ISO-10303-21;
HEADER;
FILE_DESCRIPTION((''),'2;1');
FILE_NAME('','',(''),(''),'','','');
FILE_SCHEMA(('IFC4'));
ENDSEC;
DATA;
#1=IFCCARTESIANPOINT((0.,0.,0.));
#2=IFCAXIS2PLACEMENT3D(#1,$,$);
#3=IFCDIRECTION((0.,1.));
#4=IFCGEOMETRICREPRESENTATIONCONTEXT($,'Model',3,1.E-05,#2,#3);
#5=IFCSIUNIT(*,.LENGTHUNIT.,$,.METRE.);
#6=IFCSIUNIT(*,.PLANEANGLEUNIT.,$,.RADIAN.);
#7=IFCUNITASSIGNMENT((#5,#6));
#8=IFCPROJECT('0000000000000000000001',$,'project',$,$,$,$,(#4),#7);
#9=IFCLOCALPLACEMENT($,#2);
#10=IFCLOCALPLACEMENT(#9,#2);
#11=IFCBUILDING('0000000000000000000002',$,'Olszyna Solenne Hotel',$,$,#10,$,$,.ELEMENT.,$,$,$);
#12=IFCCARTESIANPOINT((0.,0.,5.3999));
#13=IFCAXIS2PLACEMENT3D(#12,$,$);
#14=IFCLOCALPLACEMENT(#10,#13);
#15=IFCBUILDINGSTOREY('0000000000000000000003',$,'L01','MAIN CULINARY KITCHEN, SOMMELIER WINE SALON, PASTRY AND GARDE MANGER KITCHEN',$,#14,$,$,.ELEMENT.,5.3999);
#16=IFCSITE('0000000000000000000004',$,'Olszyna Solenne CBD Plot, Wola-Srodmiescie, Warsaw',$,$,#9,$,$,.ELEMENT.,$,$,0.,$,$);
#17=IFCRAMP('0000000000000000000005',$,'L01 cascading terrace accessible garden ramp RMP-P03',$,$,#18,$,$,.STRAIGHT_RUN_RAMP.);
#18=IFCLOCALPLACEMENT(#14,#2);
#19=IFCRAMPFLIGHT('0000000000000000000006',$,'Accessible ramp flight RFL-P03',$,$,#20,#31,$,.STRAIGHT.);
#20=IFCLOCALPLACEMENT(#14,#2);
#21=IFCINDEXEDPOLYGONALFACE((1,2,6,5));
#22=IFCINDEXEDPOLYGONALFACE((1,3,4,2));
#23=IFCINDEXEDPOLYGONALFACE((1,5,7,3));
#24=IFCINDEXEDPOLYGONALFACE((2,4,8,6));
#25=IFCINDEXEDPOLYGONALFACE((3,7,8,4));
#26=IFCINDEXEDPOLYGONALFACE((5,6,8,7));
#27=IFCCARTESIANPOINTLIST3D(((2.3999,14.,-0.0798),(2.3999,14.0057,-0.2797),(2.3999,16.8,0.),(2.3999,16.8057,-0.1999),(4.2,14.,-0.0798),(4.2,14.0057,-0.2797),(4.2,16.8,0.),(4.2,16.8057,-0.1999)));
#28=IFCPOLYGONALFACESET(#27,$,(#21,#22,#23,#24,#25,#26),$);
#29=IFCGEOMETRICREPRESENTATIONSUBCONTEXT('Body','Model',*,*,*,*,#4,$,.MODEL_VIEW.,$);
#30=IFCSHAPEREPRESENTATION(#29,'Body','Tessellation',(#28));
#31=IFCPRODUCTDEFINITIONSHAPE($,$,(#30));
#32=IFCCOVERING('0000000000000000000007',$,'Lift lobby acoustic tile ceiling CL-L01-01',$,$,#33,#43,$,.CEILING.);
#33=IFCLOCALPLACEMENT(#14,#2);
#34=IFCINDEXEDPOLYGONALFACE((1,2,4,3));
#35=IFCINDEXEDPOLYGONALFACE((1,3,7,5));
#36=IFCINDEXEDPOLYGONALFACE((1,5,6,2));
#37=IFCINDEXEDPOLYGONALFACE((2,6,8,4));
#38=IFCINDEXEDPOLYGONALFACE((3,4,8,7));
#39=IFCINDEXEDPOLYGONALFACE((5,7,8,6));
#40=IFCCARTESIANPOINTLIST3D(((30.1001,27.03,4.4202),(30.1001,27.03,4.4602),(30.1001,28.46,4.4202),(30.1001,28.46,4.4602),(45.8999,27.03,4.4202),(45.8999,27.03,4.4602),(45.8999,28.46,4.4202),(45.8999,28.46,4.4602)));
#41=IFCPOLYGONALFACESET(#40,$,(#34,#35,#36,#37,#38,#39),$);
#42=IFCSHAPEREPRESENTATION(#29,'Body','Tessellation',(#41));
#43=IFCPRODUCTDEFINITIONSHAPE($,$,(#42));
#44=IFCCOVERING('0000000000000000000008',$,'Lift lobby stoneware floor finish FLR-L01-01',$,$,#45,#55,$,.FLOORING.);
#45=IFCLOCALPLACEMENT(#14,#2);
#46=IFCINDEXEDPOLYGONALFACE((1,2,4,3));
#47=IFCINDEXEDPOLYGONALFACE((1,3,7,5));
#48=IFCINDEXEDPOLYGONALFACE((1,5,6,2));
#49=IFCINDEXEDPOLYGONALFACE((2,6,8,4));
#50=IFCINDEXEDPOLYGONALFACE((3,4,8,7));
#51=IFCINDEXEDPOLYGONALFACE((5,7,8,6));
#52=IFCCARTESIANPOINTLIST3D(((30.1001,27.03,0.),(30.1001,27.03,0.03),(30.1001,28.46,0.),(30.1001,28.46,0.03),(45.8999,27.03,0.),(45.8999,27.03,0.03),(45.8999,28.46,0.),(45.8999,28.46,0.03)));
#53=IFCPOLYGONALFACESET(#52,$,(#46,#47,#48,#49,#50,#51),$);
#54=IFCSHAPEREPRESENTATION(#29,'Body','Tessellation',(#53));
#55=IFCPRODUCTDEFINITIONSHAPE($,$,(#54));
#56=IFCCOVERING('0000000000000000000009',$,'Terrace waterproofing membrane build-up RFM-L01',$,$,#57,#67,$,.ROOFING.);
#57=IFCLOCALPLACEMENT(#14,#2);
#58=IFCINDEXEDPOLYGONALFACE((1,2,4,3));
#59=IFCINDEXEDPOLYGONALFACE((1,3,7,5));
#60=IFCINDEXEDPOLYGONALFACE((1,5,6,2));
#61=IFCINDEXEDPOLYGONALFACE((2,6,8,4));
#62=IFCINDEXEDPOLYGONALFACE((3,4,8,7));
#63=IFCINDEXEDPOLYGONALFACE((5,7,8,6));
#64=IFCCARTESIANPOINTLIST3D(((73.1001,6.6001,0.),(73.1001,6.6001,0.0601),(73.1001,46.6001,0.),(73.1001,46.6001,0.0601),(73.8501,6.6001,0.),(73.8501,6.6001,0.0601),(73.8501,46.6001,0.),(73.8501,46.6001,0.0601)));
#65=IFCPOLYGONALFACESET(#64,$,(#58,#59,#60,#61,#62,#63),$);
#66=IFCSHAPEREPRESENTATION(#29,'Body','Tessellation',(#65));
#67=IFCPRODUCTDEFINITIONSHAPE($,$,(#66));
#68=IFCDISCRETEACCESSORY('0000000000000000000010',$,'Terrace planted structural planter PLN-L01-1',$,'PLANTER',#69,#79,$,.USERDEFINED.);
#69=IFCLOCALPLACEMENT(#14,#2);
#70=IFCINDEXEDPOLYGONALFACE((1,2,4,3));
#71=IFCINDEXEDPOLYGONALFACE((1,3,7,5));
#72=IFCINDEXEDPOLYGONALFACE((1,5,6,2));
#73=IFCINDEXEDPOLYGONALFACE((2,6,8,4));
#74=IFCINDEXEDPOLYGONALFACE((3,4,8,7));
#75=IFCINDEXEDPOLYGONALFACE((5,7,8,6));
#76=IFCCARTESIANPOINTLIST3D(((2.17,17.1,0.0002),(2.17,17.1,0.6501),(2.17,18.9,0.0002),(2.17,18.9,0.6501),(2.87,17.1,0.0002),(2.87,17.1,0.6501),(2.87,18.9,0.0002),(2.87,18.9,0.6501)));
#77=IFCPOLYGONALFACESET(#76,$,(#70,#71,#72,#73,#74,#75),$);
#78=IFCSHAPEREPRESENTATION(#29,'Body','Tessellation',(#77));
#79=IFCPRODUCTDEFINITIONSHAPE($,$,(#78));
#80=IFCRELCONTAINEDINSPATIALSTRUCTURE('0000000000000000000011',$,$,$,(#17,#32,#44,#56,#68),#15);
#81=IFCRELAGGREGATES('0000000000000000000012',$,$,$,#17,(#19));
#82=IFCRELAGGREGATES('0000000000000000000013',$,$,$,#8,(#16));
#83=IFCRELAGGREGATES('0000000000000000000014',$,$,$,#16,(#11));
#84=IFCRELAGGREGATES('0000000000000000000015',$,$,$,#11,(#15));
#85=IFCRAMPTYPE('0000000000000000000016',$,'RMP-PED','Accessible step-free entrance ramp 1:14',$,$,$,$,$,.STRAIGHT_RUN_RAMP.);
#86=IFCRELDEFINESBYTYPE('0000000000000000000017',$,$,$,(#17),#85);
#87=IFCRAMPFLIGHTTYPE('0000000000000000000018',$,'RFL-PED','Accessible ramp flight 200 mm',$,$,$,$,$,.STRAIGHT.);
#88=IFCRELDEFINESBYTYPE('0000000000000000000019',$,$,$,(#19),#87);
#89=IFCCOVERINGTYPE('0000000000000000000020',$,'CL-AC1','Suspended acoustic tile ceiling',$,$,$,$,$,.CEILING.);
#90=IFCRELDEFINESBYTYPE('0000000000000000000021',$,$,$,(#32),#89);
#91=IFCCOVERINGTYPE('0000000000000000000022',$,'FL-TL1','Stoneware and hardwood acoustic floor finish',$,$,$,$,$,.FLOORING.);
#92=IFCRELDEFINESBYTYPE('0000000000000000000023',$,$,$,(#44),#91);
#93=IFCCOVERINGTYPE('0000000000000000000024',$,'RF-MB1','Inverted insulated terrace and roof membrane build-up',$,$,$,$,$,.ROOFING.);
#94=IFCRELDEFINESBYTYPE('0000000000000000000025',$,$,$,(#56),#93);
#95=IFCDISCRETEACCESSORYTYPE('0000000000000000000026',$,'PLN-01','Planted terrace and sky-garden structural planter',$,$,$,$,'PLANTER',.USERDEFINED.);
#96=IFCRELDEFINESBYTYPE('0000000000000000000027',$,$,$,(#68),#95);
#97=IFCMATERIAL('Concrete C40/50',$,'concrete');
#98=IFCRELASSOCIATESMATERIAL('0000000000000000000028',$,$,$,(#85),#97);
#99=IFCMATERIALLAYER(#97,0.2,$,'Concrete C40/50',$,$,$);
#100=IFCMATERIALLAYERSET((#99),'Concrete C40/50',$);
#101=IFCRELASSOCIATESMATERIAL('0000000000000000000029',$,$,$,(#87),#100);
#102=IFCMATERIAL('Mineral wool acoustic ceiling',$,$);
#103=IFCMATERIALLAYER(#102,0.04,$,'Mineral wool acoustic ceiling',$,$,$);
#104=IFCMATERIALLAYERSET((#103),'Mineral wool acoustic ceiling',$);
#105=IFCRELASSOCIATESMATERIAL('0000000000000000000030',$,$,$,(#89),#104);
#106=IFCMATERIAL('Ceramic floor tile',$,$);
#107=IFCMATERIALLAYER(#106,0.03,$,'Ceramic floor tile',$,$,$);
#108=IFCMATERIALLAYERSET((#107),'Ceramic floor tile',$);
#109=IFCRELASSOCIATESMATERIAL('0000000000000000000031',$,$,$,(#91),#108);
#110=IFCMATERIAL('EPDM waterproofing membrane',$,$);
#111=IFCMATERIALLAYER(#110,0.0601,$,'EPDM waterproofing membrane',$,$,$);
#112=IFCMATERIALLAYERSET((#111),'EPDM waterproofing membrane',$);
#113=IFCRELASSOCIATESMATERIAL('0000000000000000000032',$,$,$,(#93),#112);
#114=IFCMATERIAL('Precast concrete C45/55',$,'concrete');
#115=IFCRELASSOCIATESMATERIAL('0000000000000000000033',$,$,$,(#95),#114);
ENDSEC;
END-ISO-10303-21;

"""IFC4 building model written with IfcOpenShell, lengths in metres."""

from ifc_helpers import new_model, si_unit, direction, frame, origin, origin_2d, place, context, subcontext, project, spatial, polyline, rectangle, outline, extrude, source, transform, mapped, material, layer, layer_set, type_object, element, aggregate, save


model = new_model("IFC4")

# Units and contexts
model_context = context("Model", 3, precision=1e-05, world=origin(), true_north=direction((0.0, 1.0)))
body_context = subcontext(model_context, "Body", "Model", "MODEL_VIEW")
ifc_project = project(units=[si_unit("LENGTHUNIT", "METRE"), si_unit("PLANEANGLEUNIT", "RADIAN")], contexts=[model_context])

# Site, building, storey
site_placement = place(None, origin())
site = spatial("IfcSite", under=ifc_project, at=site_placement, Name="Olszyna Solenne CBD Plot, Wola-Srodmiescie, Warsaw", CompositionType="ELEMENT", RefElevation=0.0)
building_placement = place(site_placement, origin())
building = spatial("IfcBuilding", under=site, at=building_placement, Name="Olszyna Solenne Hotel", CompositionType="ELEMENT")
storey_placement = place(building_placement, frame((0.0, 0.0, 5.3999)))
storey = spatial("IfcBuildingStorey", under=building, at=storey_placement, Name="L01", Description="MAIN CULINARY KITCHEN, SOMMELIER WINE SALON, PASTRY AND GARDE MANGER KITCHEN", CompositionType="ELEMENT", Elevation=5.3999)

# Shared definitions
ifc_material_1 = material(Name="Concrete C40/50", Category="concrete")

# Ramp, ramp flight
ramp_type = type_object("IfcRampType", Name="RMP-PED", Description="Accessible step-free entrance ramp 1:14", PredefinedType="STRAIGHT_RUN_RAMP", material=ifc_material_1)
ramp_placement = place(storey_placement, origin())
ramp = element("IfcRamp", 1, at=ramp_placement, inside=storey, type_object=ramp_type, Name="L01 cascading terrace accessible garden ramp RMP-P03", PredefinedType="STRAIGHT_RUN_RAMP")
ifc_layer_1 = layer(ifc_material_1, 0.2, Name="Concrete C40/50")
ifc_layer_set_1 = layer_set([ifc_layer_1], Name="Concrete C40/50")
ramp_flight_type = type_object("IfcRampFlightType", Name="RFL-PED", Description="Accessible ramp flight 200 mm", PredefinedType="STRAIGHT", material=ifc_layer_set_1)
ramp_flight_placement = place(storey_placement, frame((2.3999, 14.0, -0.0798), z_axis=(0.0, -0.0285, 0.999594), x_axis=(1.0, 0.0, 0.0)))
ramp_flight = element("IfcRampFlight", 2, at=ramp_flight_placement, type_object=ramp_flight_type, Name="Accessible ramp flight RFL-P03", PredefinedType="STRAIGHT", context=body_context, shape_type="SweptSolid", body=[
    extrude(outline(polyline([(0.0, 0.0), (1.8, 0.0), (1.8, 2.8012), (0.0, 2.8012), (0.0, 0.0)])), origin(), (0.0, 0.0, -1.0), 0.2),
])
aggregate(ramp, [ramp_flight])

# Coverings
ifc_material_2 = material(Name="Mineral wool acoustic ceiling")
ifc_layer_2 = layer(ifc_material_2, 0.04, Name="Mineral wool acoustic ceiling")
ifc_layer_set_2 = layer_set([ifc_layer_2], Name="Mineral wool acoustic ceiling")
covering_type_1 = type_object("IfcCoveringType", Name="CL-AC1", Description="Suspended acoustic tile ceiling", PredefinedType="CEILING", material=ifc_layer_set_2)
covering_1_placement = place(storey_placement, frame((0.0, 0.0, 4.4202)))
element("IfcCovering", 3, at=covering_1_placement, inside=storey, type_object=covering_type_1, Name="Lift lobby acoustic tile ceiling CL-L01-01", PredefinedType="CEILING", context=body_context, shape_type="SweptSolid", body=[
    extrude(outline(polyline([(30.1001, 27.03), (45.8999, 27.03), (45.8999, 28.46), (30.1001, 28.46), (30.1001, 27.03)])), origin(), (0.0, 0.0, 1.0), 0.04),
])
ifc_material_3 = material(Name="Ceramic floor tile")
ifc_layer_3 = layer(ifc_material_3, 0.03, Name="Ceramic floor tile")
ifc_layer_set_3 = layer_set([ifc_layer_3], Name="Ceramic floor tile")
covering_type_2 = type_object("IfcCoveringType", Name="FL-TL1", Description="Stoneware and hardwood acoustic floor finish", PredefinedType="FLOORING", material=ifc_layer_set_3)
covering_2_placement = place(storey_placement, origin())
element("IfcCovering", 4, at=covering_2_placement, inside=storey, type_object=covering_type_2, Name="Lift lobby stoneware floor finish FLR-L01-01", PredefinedType="FLOORING", context=body_context, shape_type="SweptSolid", body=[
    extrude(outline(polyline([(30.1001, 27.03), (45.8999, 27.03), (45.8999, 28.46), (30.1001, 28.46), (30.1001, 27.03)])), origin(), (0.0, 0.0, 1.0), 0.03),
])
ifc_material_4 = material(Name="EPDM waterproofing membrane")
ifc_layer_4 = layer(ifc_material_4, 0.0601, Name="EPDM waterproofing membrane")
ifc_layer_set_4 = layer_set([ifc_layer_4], Name="EPDM waterproofing membrane")
covering_type_3 = type_object("IfcCoveringType", Name="RF-MB1", Description="Inverted insulated terrace and roof membrane build-up", PredefinedType="ROOFING", material=ifc_layer_set_4)
covering_3_placement = place(storey_placement, origin())
element("IfcCovering", 5, at=covering_3_placement, inside=storey, type_object=covering_type_3, Name="Terrace waterproofing membrane build-up RFM-L01", PredefinedType="ROOFING", context=body_context, shape_type="SweptSolid", body=[
    extrude(outline(polyline([(73.1001, 6.6001), (73.8501, 6.6001), (73.8501, 46.6001), (73.1001, 46.6001), (73.1001, 6.6001)])), origin(), (0.0, 0.0, 1.0), 0.0601),
])

# Discrete accessory
ifc_material_5 = material(Name="Precast concrete C45/55", Category="concrete")
discrete_accessory_type = type_object("IfcDiscreteAccessoryType", Name="PLN-01", Description="Planted terrace and sky-garden structural planter", ElementType="PLANTER", PredefinedType="USERDEFINED", material=ifc_material_5)
shared_shape_1 = source(origin(), body_context, "Body", "SweptSolid", [
    extrude(rectangle(XDim=1.8, YDim=0.7, at=origin_2d()), origin(), (0.0, 0.0, 1.0), 0.6499),
])
discrete_accessory_placement = place(storey_placement, frame((2.52, 18.0, 0.0002), z_axis=(0.0, 0.0, 1.0), x_axis=(0.0, 1.0, 0.0)))
element("IfcDiscreteAccessory", 6, at=discrete_accessory_placement, inside=storey, type_object=discrete_accessory_type, Name="Terrace planted structural planter PLN-L01-1", ObjectType="PLANTER", PredefinedType="USERDEFINED", context=body_context, shape_type="MappedRepresentation", body=[
    mapped(shared_shape_1, transform((0.0, 0.0, 0.0), x_axis=(1.0, 0.0, 0.0), y_axis=(0.0, 1.0, 0.0), z_axis=(0.0, 0.0, 1.0), scale=1.0)),
])

save(model, "model.ifc")
